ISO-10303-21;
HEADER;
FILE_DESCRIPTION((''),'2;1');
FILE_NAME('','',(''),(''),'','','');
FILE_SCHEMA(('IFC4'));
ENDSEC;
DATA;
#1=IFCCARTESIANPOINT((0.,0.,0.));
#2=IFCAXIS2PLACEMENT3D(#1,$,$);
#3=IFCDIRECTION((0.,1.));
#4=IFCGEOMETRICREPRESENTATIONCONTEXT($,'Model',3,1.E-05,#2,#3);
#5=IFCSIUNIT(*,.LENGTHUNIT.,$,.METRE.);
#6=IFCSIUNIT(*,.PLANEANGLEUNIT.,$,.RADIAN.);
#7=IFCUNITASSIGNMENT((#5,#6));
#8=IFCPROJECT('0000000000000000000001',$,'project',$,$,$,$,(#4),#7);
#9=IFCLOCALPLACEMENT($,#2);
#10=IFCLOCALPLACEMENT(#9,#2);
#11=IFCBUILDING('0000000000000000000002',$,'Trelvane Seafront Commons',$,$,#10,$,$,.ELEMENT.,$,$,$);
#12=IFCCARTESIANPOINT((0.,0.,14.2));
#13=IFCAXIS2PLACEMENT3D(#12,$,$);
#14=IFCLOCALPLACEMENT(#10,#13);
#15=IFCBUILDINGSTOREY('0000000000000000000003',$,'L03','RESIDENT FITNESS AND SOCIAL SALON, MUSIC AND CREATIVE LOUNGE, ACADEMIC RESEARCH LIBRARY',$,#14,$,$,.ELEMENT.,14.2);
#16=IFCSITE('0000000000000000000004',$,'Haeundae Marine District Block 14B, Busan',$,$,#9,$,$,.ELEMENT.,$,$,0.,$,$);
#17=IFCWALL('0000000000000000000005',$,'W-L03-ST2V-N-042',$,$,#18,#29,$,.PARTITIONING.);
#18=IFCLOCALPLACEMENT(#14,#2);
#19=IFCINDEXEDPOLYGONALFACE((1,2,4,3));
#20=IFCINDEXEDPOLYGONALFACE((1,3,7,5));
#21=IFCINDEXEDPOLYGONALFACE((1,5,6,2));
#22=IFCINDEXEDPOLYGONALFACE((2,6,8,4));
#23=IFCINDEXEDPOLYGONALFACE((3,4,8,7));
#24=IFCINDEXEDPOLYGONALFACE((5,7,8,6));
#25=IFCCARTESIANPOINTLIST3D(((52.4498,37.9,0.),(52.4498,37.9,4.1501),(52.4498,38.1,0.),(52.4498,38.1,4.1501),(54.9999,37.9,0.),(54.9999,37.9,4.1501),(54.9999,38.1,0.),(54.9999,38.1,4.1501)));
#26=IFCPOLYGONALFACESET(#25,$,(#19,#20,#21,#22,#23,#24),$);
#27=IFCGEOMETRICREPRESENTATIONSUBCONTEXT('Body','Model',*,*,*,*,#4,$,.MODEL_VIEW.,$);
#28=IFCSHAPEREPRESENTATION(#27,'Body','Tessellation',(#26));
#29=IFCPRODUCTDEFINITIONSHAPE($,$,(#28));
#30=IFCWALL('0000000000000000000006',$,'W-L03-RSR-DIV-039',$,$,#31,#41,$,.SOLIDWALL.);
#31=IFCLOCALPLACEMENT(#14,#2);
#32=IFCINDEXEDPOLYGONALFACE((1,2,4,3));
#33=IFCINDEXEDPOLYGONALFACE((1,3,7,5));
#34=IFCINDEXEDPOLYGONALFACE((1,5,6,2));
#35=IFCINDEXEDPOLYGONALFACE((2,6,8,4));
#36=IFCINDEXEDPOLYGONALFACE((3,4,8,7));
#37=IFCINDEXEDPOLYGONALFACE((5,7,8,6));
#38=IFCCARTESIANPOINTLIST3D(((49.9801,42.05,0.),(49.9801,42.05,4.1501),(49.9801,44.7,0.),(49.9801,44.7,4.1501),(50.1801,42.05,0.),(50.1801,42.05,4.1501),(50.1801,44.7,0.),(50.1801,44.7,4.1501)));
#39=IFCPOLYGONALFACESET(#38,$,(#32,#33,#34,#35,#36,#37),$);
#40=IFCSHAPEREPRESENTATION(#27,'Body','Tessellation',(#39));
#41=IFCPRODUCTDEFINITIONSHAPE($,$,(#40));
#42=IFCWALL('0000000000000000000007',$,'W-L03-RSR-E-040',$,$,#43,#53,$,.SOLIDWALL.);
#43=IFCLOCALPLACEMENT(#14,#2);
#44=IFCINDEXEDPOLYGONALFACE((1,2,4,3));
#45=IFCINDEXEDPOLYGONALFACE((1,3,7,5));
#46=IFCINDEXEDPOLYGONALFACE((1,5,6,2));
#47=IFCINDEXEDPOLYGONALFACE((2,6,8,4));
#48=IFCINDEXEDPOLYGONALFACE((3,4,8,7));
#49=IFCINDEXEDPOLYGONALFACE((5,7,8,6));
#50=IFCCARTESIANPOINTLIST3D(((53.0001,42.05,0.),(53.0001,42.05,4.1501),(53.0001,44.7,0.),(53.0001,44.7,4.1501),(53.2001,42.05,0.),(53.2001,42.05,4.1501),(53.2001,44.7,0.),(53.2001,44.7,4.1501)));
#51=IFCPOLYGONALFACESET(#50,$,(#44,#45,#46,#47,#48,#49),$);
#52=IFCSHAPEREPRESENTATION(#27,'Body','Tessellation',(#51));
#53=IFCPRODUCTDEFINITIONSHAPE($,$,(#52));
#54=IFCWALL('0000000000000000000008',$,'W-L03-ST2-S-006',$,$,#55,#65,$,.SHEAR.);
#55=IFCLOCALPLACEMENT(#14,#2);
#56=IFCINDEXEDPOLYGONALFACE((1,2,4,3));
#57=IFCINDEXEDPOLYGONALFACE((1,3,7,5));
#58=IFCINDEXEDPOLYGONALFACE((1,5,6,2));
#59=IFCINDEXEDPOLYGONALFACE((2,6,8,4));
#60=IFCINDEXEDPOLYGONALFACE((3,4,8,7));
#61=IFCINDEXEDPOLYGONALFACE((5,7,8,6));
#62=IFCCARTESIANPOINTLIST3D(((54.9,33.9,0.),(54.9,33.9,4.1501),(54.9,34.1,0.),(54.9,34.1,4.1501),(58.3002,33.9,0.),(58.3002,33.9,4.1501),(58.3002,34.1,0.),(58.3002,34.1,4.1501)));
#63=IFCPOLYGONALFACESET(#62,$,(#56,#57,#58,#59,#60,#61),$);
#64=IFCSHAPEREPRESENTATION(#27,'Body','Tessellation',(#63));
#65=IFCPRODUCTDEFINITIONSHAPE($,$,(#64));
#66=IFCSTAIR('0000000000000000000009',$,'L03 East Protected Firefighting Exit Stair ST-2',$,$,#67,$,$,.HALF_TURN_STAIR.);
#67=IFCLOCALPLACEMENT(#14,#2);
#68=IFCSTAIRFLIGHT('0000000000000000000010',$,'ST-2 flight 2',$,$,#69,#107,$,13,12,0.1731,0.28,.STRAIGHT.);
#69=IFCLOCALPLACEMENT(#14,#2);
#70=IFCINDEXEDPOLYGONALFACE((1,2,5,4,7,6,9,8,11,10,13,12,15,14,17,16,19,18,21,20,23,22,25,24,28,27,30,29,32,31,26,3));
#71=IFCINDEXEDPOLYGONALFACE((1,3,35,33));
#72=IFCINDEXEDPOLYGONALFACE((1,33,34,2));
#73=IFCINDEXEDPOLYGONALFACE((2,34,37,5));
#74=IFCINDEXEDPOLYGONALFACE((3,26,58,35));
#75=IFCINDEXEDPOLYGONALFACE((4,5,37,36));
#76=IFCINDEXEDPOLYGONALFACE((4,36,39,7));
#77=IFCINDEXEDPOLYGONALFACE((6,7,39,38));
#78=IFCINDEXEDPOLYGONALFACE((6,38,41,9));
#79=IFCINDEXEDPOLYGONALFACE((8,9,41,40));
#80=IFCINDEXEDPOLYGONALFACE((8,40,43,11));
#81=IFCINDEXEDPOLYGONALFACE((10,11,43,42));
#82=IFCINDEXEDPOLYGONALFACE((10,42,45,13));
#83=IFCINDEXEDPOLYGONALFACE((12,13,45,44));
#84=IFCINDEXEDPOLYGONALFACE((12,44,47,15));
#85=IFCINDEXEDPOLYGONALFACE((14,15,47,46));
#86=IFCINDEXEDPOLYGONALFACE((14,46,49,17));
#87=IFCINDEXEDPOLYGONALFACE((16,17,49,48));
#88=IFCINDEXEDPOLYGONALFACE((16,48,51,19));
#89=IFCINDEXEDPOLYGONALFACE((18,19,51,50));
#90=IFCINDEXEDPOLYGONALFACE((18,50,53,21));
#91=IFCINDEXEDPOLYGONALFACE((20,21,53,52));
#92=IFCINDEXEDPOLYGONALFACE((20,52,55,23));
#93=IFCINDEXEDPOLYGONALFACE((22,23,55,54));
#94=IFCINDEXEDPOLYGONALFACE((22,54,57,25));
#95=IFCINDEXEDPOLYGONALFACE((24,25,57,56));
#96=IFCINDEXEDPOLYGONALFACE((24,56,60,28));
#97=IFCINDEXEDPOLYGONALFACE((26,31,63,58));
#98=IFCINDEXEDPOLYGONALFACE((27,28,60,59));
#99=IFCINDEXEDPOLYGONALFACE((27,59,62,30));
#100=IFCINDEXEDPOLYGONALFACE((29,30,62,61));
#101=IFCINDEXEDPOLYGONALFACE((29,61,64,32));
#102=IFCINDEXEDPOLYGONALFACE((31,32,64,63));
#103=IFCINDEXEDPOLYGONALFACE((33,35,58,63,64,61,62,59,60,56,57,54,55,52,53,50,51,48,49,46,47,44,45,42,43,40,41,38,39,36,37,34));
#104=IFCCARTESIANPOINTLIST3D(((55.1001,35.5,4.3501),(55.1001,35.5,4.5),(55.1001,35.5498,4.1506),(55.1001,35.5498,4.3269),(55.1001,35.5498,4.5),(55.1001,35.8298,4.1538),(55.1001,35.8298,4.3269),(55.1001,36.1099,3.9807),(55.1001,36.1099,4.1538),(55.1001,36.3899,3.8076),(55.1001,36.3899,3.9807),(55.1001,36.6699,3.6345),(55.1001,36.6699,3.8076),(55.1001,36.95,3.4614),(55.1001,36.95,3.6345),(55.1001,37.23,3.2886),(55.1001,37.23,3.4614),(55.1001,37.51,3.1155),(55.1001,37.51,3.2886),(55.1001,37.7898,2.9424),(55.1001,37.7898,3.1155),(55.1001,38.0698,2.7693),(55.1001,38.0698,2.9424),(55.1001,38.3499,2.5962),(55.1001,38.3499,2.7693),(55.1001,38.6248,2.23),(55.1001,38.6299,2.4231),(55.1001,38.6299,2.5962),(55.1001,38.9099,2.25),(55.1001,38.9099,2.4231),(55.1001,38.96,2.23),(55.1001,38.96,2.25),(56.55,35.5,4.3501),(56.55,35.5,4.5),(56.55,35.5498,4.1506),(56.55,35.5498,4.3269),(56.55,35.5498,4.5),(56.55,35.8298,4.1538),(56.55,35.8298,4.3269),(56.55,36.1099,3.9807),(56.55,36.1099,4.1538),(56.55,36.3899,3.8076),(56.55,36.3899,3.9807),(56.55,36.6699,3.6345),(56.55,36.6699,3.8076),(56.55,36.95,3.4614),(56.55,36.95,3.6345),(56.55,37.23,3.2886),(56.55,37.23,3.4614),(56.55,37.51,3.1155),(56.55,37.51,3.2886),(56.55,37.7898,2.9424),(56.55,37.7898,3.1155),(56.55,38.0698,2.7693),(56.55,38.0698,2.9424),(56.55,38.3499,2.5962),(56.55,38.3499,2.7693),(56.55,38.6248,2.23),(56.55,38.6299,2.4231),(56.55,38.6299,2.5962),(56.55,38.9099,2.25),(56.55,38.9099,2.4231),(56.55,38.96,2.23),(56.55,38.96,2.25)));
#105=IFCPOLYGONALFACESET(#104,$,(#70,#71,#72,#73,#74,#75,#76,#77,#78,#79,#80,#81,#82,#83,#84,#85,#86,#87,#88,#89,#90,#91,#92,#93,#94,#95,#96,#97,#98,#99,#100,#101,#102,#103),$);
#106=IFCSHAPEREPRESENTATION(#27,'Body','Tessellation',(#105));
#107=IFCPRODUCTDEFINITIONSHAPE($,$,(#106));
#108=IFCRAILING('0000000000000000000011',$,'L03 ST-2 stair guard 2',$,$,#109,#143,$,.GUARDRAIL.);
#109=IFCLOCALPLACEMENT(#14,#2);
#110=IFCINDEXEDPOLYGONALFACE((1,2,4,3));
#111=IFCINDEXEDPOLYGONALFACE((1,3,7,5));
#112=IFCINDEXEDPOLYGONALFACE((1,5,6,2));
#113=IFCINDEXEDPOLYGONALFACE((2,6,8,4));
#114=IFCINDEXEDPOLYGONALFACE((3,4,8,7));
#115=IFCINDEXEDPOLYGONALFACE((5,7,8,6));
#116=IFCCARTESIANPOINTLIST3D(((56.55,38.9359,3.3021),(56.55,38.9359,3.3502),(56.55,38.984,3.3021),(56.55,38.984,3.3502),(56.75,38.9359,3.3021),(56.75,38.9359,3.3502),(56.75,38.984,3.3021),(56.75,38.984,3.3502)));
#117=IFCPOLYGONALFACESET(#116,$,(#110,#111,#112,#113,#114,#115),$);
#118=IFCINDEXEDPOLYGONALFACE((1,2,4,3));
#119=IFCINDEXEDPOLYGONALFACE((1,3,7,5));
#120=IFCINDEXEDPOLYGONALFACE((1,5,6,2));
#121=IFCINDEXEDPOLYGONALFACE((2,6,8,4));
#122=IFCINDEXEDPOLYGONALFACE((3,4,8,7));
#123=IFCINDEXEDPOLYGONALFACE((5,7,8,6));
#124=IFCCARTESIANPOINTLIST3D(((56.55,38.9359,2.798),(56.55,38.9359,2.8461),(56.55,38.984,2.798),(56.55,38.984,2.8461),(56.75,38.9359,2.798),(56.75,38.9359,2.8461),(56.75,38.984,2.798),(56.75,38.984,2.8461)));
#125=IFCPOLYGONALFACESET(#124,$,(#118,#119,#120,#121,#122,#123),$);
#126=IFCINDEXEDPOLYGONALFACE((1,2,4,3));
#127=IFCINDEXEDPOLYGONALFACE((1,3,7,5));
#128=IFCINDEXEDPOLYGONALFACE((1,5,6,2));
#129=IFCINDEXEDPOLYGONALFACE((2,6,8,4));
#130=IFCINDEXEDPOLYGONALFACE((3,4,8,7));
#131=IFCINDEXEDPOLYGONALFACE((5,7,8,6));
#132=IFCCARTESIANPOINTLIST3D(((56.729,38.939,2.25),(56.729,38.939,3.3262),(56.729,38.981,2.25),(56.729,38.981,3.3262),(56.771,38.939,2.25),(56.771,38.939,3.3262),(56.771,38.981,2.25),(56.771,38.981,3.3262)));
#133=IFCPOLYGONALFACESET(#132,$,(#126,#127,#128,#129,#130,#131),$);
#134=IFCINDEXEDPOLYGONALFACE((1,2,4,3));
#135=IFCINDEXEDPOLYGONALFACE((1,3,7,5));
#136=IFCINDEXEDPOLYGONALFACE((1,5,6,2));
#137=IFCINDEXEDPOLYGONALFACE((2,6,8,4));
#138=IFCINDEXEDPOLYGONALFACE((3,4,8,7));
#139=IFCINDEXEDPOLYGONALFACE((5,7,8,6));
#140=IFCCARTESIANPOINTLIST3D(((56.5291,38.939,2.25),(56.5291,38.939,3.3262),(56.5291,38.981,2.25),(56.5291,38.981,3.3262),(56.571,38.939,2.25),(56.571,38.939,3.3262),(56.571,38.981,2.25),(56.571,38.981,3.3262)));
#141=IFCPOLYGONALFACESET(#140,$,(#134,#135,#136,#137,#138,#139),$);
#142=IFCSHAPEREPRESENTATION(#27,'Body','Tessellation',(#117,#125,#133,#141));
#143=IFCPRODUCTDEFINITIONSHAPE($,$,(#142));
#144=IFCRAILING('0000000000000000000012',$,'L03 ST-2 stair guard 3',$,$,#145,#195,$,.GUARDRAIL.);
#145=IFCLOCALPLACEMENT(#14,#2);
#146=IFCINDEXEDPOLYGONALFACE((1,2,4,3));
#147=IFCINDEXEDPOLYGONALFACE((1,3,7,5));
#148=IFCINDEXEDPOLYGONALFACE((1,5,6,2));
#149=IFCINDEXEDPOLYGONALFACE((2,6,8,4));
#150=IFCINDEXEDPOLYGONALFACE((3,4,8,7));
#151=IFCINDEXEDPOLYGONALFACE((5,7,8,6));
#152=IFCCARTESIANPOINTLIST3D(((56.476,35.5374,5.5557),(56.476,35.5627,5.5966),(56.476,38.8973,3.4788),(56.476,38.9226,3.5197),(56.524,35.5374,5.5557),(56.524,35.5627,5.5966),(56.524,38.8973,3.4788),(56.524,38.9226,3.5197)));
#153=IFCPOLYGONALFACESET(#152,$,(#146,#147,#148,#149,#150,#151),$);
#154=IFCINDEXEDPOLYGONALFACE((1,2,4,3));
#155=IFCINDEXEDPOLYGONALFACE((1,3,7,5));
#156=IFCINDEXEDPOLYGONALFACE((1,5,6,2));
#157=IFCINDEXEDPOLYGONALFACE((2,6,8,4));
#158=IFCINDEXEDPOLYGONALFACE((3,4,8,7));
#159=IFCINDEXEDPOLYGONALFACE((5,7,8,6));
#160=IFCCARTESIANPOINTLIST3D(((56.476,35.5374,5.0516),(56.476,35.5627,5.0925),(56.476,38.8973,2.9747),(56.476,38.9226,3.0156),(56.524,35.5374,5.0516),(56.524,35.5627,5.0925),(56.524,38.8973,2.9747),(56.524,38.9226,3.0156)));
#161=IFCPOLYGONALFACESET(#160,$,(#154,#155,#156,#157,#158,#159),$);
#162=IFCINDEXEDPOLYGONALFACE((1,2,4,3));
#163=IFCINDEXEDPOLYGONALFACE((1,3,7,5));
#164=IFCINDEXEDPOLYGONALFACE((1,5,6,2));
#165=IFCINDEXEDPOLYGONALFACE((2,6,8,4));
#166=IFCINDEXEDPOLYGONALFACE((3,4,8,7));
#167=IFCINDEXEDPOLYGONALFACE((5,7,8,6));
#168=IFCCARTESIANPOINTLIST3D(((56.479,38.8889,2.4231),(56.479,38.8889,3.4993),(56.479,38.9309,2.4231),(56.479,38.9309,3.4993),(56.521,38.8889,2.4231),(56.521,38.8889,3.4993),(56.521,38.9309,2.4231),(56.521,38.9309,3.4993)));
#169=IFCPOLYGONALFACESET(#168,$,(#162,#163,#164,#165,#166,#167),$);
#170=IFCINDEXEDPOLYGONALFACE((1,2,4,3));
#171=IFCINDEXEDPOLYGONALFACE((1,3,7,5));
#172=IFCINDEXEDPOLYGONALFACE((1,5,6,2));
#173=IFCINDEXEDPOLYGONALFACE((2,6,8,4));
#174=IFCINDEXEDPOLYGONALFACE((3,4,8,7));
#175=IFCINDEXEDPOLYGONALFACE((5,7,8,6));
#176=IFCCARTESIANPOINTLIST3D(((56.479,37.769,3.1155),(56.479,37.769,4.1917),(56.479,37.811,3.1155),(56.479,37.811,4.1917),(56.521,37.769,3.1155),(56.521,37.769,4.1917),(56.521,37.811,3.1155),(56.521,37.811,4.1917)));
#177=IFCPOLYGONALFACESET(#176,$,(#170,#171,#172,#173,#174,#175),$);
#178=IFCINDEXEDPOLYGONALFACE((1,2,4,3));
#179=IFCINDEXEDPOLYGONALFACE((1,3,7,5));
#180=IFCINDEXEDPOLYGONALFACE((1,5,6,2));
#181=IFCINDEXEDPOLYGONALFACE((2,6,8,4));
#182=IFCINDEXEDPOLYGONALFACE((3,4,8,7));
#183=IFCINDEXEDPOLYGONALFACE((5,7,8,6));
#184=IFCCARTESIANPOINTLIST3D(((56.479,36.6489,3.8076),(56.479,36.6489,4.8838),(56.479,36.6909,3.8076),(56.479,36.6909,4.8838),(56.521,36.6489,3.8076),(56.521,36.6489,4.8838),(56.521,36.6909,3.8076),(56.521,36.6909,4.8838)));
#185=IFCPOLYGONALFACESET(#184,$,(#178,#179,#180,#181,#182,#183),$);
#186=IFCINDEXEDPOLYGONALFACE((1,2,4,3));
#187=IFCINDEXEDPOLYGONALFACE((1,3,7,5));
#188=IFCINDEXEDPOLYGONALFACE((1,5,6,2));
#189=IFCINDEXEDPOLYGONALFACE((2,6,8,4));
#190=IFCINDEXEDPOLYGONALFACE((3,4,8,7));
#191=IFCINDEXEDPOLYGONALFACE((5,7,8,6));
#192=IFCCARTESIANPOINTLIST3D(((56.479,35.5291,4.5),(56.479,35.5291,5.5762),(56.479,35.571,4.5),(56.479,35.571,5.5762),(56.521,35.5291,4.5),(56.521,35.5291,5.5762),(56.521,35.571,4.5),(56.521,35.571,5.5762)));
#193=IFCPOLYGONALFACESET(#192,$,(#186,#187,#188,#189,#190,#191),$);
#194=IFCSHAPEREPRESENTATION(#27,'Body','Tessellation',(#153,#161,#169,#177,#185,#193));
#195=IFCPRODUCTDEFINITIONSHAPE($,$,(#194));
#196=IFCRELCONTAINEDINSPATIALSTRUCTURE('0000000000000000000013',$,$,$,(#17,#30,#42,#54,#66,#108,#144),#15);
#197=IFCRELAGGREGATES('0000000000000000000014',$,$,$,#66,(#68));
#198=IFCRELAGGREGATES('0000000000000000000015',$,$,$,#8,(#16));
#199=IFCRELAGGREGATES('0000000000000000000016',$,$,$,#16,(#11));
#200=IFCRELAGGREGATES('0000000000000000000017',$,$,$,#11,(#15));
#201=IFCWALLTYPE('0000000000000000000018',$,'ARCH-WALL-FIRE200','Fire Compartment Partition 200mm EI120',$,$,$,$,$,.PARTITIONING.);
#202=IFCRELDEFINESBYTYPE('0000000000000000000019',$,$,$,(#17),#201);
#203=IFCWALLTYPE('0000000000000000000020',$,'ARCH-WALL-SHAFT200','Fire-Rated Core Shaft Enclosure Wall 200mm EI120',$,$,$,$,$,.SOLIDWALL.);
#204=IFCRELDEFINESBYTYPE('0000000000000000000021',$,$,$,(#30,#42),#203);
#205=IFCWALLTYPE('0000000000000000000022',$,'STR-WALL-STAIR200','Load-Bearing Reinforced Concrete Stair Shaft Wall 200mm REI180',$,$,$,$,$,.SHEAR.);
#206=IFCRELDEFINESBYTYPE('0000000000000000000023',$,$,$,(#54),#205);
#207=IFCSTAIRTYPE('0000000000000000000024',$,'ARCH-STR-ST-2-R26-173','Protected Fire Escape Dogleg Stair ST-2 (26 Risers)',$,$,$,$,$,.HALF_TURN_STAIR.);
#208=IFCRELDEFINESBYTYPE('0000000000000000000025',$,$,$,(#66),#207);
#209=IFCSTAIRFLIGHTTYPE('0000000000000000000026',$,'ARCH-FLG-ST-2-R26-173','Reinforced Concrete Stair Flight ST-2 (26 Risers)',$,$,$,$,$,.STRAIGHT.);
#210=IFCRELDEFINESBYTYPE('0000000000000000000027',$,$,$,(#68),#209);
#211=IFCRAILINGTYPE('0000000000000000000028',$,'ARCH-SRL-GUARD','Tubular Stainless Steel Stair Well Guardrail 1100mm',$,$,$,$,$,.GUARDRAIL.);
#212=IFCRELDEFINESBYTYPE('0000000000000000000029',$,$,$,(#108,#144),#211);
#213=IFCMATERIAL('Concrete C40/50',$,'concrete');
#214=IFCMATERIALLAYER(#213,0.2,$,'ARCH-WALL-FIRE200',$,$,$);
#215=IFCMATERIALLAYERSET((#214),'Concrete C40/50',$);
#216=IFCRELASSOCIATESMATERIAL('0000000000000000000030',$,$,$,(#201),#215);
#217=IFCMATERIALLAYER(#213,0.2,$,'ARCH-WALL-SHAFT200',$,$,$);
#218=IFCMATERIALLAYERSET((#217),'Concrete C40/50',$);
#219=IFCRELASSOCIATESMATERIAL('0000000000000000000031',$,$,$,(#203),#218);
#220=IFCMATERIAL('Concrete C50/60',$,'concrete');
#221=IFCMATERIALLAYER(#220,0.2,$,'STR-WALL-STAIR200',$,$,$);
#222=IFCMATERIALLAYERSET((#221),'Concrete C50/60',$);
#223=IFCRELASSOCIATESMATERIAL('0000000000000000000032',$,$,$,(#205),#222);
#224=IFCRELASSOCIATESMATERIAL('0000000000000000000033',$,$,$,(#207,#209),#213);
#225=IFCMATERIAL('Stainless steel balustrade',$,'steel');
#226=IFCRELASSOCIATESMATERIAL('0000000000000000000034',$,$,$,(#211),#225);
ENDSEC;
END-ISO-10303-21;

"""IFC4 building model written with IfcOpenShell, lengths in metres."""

from ifc_helpers import new_model, si_unit, direction, frame, frame_2d, origin, origin_2d, place, context, subcontext, project, spatial, polyline, rectangle, outline, extrude, source, transform, mapped, material, layer, layer_set, type_object, element, aggregate, save


model = new_model("IFC4")

# Units and contexts
model_context = context("Model", 3, precision=1e-05, world=origin(), true_north=direction((0.0, 1.0)))
body_context = subcontext(model_context, "Body", "Model", "MODEL_VIEW")
ifc_project = project(units=[si_unit("LENGTHUNIT", "METRE"), si_unit("PLANEANGLEUNIT", "RADIAN")], contexts=[model_context])

# Site, building, storey
site_placement = place(None, origin())
site = spatial("IfcSite", under=ifc_project, at=site_placement, Name="Haeundae Marine District Block 14B, Busan", CompositionType="ELEMENT", RefElevation=0.0)
building_placement = place(site_placement, origin())
building = spatial("IfcBuilding", under=site, at=building_placement, Name="Trelvane Seafront Commons", CompositionType="ELEMENT")
storey_placement = place(building_placement, frame((0.0, 0.0, 14.2)))
storey = spatial("IfcBuildingStorey", under=building, at=storey_placement, Name="L03", Description="RESIDENT FITNESS AND SOCIAL SALON, MUSIC AND CREATIVE LOUNGE, ACADEMIC RESEARCH LIBRARY", CompositionType="ELEMENT", Elevation=14.2)

# Walls
ifc_material_1 = material(Name="Concrete C40/50", Category="concrete")
ifc_layer_1 = layer(ifc_material_1, 0.2, Name="ARCH-WALL-FIRE200")
ifc_layer_set_1 = layer_set([ifc_layer_1], Name="Concrete C40/50")
wall_type_1 = type_object("IfcWallType", Name="ARCH-WALL-FIRE200", Description="Fire Compartment Partition 200mm EI120", PredefinedType="PARTITIONING", material=ifc_layer_set_1)
wall_1_placement = place(storey_placement, frame((52.45, 38.0, 0.0), z_axis=(0.0, 0.0, 1.0), x_axis=(1.0, 0.0, 0.0)))
element("IfcWall", 1, at=wall_1_placement, inside=storey, type_object=wall_type_1, Name="W-L03-ST2V-N-042", PredefinedType="PARTITIONING", context=body_context, shape_type="SweptSolid", body=[
    extrude(rectangle(XDim=2.55, YDim=0.2, at=frame_2d((1.2749, 0.0))), origin(), (0.0, 0.0, 1.0), 4.1501),
])
ifc_layer_2 = layer(ifc_material_1, 0.2, Name="ARCH-WALL-SHAFT200")
ifc_layer_set_2 = layer_set([ifc_layer_2], Name="Concrete C40/50")
wall_type_2 = type_object("IfcWallType", Name="ARCH-WALL-SHAFT200", Description="Fire-Rated Core Shaft Enclosure Wall 200mm EI120", PredefinedType="SOLIDWALL", material=ifc_layer_set_2)
for number, where, z_axis, x_axis, name in (
    (2, (50.0801, 42.05, 0.0), (0.0, 0.0, 1.0), (0.0, 1.0, 0.0), "W-L03-RSR-DIV-039"),
    (3, (53.1001, 42.05, 0.0), (0.0, 0.0, 1.0), (0.0, 1.0, 0.0), "W-L03-RSR-E-040"),
):
    element("IfcWall", number, at=place(storey_placement, frame(where, z_axis=z_axis, x_axis=x_axis)), inside=storey, type_object=wall_type_2, Name=name, PredefinedType="SOLIDWALL", context=body_context, shape_type="SweptSolid", body=[
        extrude(rectangle(XDim=2.6499, YDim=0.2, at=frame_2d((1.325, 0.0))), origin(), (0.0, 0.0, 1.0), 4.1501),
    ])
ifc_material_2 = material(Name="Concrete C50/60", Category="concrete")
ifc_layer_3 = layer(ifc_material_2, 0.2, Name="STR-WALL-STAIR200")
ifc_layer_set_3 = layer_set([ifc_layer_3], Name="Concrete C50/60")
wall_type_3 = type_object("IfcWallType", Name="STR-WALL-STAIR200", Description="Load-Bearing Reinforced Concrete Stair Shaft Wall 200mm REI180", PredefinedType="SHEAR", material=ifc_layer_set_3)
wall_2_placement = place(storey_placement, frame((54.8999, 34.0, 0.0), z_axis=(0.0, 0.0, 1.0), x_axis=(1.0, 0.0, 0.0)))
element("IfcWall", 4, at=wall_2_placement, inside=storey, type_object=wall_type_3, Name="W-L03-ST2-S-006", PredefinedType="SHEAR", context=body_context, shape_type="SweptSolid", body=[
    extrude(rectangle(XDim=3.4001, YDim=0.2, at=frame_2d((1.7002, 0.0))), origin(), (0.0, 0.0, 1.0), 4.1501),
])

# Stair, stair flight
stair_type = type_object("IfcStairType", Name="ARCH-STR-ST-2-R26-173", Description="Protected Fire Escape Dogleg Stair ST-2 (26 Risers)", PredefinedType="HALF_TURN_STAIR", material=ifc_material_1)
stair_placement = place(storey_placement, origin())
stair = element("IfcStair", 5, at=stair_placement, inside=storey, type_object=stair_type, Name="L03 East Protected Firefighting Exit Stair ST-2", PredefinedType="HALF_TURN_STAIR")
stair_flight_type = type_object("IfcStairFlightType", Name="ARCH-FLG-ST-2-R26-173", Description="Reinforced Concrete Stair Flight ST-2 (26 Risers)", PredefinedType="STRAIGHT", material=ifc_material_1)
shared_shape_1 = source(origin(), body_context, "Body", "SweptSolid", [
    extrude(outline(polyline([(-0.05, -0.02), (-0.05, 0.0), (0.0, 0.0), (0.0, 0.1731), (0.28, 0.1731), (0.28, 0.3462), (0.5601, 0.3462), (0.5601, 0.5193), (0.8401, 0.5193), (0.8401, 0.6924), (1.1201, 0.6924), (1.1201, 0.8655), (1.3999, 0.8655), (1.3999, 1.0386), (1.6799, 1.0386), (1.6799, 1.2114), (1.96, 1.2114), (1.96, 1.3845), (2.24, 1.3845), (2.24, 1.5576), (2.52, 1.5576), (2.52, 1.7307), (2.8, 1.7307), (2.8, 1.9038), (3.0801, 1.9038), (3.0801, 2.0769), (3.3601, 2.0769), (3.3601, 2.25), (3.4099, 2.25), (3.4099, 2.1001), (3.3601, 1.9006), (0.2852, -0.02), (-0.05, -0.02)])), frame((0.0, 0.7251, 0.0), z_axis=(0.0, -1.0, 0.0), x_axis=(1.0, 0.0, 0.0)), (0.0, 0.0, 1.0), 1.45),
])
stair_flight_placement = place(storey_placement, frame((55.825, 38.9099, 2.25), z_axis=(0.0, 0.0, 1.0), x_axis=(0.0, -1.0, 0.0)))
stair_flight = element("IfcStairFlight", 6, at=stair_flight_placement, type_object=stair_flight_type, Name="ST-2 flight 2", NumberOfRisers=13, NumberOfTreads=12, PredefinedType="STRAIGHT", RiserHeight=0.1731, TreadLength=0.28, context=body_context, shape_type="MappedRepresentation", body=[
    mapped(shared_shape_1, transform((0.0, 0.0, 0.0), x_axis=(1.0, 0.0, 0.0), y_axis=(0.0, 1.0, 0.0), z_axis=(0.0, 0.0, 1.0), scale=1.0)),
])
aggregate(stair, [stair_flight])

# Railings
ifc_material_3 = material(Name="Stainless steel balustrade", Category="steel")
railing_type_1 = type_object("IfcRailingType", Name="ARCH-SRL-GUARD", Description="Tubular Stainless Steel Stair Well Guardrail 1100mm", PredefinedType="GUARDRAIL", material=ifc_material_3)
railing_1_placement = place(storey_placement, frame((56.75, 38.96, 2.25)))
element("IfcRailing", 7, at=railing_1_placement, inside=storey, type_object=railing_type_1, Name="L03 ST-2 stair guard 2", PredefinedType="GUARDRAIL", context=body_context, shape_type="SweptSolid", body=[
    extrude(rectangle(XDim=0.0481, YDim=0.0481, at=origin_2d()), frame((0.0, 0.0, 1.0762), z_axis=(-1.0, 0.0, 0.0), x_axis=(0.0, -1.0, 0.0)), (0.0, 0.0, 1.0), 0.2),
    extrude(rectangle(XDim=0.0481, YDim=0.0481, at=origin_2d()), frame((0.0, 0.0, 0.572), z_axis=(-1.0, 0.0, 0.0), x_axis=(0.0, -1.0, 0.0)), (0.0, 0.0, 1.0), 0.2),
    extrude(rectangle(XDim=0.042, YDim=0.042, at=origin_2d()), origin(), (0.0, 0.0, 1.0), 1.0762),
    extrude(rectangle(XDim=0.042, YDim=0.042, at=origin_2d()), frame((-0.2, 0.0, 0.0)), (0.0, 0.0, 1.0), 1.0762),
])
railing_2_placement = place(storey_placement, frame((56.5, 38.9099, 2.4231)))
element("IfcRailing", 8, at=railing_2_placement, inside=storey, type_object=railing_type_1, Name="L03 ST-2 stair guard 3", PredefinedType="GUARDRAIL", context=body_context, shape_type="SweptSolid", body=[
    extrude(rectangle(XDim=0.0481, YDim=0.0481, at=origin_2d()), frame((0.0, 0.0, 1.0762), z_axis=(0.0, -0.850606, 0.525803), x_axis=(1.0, 0.0, 0.0)), (0.0, 0.0, 1.0), 3.95),
    extrude(rectangle(XDim=0.0481, YDim=0.0481, at=origin_2d()), frame((0.0, 0.0, 0.572), z_axis=(0.0, -0.850606, 0.525803), x_axis=(1.0, 0.0, 0.0)), (0.0, 0.0, 1.0), 3.95),
    extrude(rectangle(XDim=0.042, YDim=0.042, at=origin_2d()), origin(), (0.0, 0.0, 1.0), 1.0762),
    extrude(rectangle(XDim=0.042, YDim=0.042, at=origin_2d()), frame((0.0, -1.1199, 0.6924)), (0.0, 0.0, 1.0), 1.0762),
    extrude(rectangle(XDim=0.042, YDim=0.042, at=origin_2d()), frame((0.0, -2.24, 1.3845)), (0.0, 0.0, 1.0), 1.0762),
    extrude(rectangle(XDim=0.042, YDim=0.042, at=origin_2d()), frame((0.0, -3.3599, 2.0769)), (0.0, 0.0, 1.0), 1.0762),
])

save(model, "model.ifc")
